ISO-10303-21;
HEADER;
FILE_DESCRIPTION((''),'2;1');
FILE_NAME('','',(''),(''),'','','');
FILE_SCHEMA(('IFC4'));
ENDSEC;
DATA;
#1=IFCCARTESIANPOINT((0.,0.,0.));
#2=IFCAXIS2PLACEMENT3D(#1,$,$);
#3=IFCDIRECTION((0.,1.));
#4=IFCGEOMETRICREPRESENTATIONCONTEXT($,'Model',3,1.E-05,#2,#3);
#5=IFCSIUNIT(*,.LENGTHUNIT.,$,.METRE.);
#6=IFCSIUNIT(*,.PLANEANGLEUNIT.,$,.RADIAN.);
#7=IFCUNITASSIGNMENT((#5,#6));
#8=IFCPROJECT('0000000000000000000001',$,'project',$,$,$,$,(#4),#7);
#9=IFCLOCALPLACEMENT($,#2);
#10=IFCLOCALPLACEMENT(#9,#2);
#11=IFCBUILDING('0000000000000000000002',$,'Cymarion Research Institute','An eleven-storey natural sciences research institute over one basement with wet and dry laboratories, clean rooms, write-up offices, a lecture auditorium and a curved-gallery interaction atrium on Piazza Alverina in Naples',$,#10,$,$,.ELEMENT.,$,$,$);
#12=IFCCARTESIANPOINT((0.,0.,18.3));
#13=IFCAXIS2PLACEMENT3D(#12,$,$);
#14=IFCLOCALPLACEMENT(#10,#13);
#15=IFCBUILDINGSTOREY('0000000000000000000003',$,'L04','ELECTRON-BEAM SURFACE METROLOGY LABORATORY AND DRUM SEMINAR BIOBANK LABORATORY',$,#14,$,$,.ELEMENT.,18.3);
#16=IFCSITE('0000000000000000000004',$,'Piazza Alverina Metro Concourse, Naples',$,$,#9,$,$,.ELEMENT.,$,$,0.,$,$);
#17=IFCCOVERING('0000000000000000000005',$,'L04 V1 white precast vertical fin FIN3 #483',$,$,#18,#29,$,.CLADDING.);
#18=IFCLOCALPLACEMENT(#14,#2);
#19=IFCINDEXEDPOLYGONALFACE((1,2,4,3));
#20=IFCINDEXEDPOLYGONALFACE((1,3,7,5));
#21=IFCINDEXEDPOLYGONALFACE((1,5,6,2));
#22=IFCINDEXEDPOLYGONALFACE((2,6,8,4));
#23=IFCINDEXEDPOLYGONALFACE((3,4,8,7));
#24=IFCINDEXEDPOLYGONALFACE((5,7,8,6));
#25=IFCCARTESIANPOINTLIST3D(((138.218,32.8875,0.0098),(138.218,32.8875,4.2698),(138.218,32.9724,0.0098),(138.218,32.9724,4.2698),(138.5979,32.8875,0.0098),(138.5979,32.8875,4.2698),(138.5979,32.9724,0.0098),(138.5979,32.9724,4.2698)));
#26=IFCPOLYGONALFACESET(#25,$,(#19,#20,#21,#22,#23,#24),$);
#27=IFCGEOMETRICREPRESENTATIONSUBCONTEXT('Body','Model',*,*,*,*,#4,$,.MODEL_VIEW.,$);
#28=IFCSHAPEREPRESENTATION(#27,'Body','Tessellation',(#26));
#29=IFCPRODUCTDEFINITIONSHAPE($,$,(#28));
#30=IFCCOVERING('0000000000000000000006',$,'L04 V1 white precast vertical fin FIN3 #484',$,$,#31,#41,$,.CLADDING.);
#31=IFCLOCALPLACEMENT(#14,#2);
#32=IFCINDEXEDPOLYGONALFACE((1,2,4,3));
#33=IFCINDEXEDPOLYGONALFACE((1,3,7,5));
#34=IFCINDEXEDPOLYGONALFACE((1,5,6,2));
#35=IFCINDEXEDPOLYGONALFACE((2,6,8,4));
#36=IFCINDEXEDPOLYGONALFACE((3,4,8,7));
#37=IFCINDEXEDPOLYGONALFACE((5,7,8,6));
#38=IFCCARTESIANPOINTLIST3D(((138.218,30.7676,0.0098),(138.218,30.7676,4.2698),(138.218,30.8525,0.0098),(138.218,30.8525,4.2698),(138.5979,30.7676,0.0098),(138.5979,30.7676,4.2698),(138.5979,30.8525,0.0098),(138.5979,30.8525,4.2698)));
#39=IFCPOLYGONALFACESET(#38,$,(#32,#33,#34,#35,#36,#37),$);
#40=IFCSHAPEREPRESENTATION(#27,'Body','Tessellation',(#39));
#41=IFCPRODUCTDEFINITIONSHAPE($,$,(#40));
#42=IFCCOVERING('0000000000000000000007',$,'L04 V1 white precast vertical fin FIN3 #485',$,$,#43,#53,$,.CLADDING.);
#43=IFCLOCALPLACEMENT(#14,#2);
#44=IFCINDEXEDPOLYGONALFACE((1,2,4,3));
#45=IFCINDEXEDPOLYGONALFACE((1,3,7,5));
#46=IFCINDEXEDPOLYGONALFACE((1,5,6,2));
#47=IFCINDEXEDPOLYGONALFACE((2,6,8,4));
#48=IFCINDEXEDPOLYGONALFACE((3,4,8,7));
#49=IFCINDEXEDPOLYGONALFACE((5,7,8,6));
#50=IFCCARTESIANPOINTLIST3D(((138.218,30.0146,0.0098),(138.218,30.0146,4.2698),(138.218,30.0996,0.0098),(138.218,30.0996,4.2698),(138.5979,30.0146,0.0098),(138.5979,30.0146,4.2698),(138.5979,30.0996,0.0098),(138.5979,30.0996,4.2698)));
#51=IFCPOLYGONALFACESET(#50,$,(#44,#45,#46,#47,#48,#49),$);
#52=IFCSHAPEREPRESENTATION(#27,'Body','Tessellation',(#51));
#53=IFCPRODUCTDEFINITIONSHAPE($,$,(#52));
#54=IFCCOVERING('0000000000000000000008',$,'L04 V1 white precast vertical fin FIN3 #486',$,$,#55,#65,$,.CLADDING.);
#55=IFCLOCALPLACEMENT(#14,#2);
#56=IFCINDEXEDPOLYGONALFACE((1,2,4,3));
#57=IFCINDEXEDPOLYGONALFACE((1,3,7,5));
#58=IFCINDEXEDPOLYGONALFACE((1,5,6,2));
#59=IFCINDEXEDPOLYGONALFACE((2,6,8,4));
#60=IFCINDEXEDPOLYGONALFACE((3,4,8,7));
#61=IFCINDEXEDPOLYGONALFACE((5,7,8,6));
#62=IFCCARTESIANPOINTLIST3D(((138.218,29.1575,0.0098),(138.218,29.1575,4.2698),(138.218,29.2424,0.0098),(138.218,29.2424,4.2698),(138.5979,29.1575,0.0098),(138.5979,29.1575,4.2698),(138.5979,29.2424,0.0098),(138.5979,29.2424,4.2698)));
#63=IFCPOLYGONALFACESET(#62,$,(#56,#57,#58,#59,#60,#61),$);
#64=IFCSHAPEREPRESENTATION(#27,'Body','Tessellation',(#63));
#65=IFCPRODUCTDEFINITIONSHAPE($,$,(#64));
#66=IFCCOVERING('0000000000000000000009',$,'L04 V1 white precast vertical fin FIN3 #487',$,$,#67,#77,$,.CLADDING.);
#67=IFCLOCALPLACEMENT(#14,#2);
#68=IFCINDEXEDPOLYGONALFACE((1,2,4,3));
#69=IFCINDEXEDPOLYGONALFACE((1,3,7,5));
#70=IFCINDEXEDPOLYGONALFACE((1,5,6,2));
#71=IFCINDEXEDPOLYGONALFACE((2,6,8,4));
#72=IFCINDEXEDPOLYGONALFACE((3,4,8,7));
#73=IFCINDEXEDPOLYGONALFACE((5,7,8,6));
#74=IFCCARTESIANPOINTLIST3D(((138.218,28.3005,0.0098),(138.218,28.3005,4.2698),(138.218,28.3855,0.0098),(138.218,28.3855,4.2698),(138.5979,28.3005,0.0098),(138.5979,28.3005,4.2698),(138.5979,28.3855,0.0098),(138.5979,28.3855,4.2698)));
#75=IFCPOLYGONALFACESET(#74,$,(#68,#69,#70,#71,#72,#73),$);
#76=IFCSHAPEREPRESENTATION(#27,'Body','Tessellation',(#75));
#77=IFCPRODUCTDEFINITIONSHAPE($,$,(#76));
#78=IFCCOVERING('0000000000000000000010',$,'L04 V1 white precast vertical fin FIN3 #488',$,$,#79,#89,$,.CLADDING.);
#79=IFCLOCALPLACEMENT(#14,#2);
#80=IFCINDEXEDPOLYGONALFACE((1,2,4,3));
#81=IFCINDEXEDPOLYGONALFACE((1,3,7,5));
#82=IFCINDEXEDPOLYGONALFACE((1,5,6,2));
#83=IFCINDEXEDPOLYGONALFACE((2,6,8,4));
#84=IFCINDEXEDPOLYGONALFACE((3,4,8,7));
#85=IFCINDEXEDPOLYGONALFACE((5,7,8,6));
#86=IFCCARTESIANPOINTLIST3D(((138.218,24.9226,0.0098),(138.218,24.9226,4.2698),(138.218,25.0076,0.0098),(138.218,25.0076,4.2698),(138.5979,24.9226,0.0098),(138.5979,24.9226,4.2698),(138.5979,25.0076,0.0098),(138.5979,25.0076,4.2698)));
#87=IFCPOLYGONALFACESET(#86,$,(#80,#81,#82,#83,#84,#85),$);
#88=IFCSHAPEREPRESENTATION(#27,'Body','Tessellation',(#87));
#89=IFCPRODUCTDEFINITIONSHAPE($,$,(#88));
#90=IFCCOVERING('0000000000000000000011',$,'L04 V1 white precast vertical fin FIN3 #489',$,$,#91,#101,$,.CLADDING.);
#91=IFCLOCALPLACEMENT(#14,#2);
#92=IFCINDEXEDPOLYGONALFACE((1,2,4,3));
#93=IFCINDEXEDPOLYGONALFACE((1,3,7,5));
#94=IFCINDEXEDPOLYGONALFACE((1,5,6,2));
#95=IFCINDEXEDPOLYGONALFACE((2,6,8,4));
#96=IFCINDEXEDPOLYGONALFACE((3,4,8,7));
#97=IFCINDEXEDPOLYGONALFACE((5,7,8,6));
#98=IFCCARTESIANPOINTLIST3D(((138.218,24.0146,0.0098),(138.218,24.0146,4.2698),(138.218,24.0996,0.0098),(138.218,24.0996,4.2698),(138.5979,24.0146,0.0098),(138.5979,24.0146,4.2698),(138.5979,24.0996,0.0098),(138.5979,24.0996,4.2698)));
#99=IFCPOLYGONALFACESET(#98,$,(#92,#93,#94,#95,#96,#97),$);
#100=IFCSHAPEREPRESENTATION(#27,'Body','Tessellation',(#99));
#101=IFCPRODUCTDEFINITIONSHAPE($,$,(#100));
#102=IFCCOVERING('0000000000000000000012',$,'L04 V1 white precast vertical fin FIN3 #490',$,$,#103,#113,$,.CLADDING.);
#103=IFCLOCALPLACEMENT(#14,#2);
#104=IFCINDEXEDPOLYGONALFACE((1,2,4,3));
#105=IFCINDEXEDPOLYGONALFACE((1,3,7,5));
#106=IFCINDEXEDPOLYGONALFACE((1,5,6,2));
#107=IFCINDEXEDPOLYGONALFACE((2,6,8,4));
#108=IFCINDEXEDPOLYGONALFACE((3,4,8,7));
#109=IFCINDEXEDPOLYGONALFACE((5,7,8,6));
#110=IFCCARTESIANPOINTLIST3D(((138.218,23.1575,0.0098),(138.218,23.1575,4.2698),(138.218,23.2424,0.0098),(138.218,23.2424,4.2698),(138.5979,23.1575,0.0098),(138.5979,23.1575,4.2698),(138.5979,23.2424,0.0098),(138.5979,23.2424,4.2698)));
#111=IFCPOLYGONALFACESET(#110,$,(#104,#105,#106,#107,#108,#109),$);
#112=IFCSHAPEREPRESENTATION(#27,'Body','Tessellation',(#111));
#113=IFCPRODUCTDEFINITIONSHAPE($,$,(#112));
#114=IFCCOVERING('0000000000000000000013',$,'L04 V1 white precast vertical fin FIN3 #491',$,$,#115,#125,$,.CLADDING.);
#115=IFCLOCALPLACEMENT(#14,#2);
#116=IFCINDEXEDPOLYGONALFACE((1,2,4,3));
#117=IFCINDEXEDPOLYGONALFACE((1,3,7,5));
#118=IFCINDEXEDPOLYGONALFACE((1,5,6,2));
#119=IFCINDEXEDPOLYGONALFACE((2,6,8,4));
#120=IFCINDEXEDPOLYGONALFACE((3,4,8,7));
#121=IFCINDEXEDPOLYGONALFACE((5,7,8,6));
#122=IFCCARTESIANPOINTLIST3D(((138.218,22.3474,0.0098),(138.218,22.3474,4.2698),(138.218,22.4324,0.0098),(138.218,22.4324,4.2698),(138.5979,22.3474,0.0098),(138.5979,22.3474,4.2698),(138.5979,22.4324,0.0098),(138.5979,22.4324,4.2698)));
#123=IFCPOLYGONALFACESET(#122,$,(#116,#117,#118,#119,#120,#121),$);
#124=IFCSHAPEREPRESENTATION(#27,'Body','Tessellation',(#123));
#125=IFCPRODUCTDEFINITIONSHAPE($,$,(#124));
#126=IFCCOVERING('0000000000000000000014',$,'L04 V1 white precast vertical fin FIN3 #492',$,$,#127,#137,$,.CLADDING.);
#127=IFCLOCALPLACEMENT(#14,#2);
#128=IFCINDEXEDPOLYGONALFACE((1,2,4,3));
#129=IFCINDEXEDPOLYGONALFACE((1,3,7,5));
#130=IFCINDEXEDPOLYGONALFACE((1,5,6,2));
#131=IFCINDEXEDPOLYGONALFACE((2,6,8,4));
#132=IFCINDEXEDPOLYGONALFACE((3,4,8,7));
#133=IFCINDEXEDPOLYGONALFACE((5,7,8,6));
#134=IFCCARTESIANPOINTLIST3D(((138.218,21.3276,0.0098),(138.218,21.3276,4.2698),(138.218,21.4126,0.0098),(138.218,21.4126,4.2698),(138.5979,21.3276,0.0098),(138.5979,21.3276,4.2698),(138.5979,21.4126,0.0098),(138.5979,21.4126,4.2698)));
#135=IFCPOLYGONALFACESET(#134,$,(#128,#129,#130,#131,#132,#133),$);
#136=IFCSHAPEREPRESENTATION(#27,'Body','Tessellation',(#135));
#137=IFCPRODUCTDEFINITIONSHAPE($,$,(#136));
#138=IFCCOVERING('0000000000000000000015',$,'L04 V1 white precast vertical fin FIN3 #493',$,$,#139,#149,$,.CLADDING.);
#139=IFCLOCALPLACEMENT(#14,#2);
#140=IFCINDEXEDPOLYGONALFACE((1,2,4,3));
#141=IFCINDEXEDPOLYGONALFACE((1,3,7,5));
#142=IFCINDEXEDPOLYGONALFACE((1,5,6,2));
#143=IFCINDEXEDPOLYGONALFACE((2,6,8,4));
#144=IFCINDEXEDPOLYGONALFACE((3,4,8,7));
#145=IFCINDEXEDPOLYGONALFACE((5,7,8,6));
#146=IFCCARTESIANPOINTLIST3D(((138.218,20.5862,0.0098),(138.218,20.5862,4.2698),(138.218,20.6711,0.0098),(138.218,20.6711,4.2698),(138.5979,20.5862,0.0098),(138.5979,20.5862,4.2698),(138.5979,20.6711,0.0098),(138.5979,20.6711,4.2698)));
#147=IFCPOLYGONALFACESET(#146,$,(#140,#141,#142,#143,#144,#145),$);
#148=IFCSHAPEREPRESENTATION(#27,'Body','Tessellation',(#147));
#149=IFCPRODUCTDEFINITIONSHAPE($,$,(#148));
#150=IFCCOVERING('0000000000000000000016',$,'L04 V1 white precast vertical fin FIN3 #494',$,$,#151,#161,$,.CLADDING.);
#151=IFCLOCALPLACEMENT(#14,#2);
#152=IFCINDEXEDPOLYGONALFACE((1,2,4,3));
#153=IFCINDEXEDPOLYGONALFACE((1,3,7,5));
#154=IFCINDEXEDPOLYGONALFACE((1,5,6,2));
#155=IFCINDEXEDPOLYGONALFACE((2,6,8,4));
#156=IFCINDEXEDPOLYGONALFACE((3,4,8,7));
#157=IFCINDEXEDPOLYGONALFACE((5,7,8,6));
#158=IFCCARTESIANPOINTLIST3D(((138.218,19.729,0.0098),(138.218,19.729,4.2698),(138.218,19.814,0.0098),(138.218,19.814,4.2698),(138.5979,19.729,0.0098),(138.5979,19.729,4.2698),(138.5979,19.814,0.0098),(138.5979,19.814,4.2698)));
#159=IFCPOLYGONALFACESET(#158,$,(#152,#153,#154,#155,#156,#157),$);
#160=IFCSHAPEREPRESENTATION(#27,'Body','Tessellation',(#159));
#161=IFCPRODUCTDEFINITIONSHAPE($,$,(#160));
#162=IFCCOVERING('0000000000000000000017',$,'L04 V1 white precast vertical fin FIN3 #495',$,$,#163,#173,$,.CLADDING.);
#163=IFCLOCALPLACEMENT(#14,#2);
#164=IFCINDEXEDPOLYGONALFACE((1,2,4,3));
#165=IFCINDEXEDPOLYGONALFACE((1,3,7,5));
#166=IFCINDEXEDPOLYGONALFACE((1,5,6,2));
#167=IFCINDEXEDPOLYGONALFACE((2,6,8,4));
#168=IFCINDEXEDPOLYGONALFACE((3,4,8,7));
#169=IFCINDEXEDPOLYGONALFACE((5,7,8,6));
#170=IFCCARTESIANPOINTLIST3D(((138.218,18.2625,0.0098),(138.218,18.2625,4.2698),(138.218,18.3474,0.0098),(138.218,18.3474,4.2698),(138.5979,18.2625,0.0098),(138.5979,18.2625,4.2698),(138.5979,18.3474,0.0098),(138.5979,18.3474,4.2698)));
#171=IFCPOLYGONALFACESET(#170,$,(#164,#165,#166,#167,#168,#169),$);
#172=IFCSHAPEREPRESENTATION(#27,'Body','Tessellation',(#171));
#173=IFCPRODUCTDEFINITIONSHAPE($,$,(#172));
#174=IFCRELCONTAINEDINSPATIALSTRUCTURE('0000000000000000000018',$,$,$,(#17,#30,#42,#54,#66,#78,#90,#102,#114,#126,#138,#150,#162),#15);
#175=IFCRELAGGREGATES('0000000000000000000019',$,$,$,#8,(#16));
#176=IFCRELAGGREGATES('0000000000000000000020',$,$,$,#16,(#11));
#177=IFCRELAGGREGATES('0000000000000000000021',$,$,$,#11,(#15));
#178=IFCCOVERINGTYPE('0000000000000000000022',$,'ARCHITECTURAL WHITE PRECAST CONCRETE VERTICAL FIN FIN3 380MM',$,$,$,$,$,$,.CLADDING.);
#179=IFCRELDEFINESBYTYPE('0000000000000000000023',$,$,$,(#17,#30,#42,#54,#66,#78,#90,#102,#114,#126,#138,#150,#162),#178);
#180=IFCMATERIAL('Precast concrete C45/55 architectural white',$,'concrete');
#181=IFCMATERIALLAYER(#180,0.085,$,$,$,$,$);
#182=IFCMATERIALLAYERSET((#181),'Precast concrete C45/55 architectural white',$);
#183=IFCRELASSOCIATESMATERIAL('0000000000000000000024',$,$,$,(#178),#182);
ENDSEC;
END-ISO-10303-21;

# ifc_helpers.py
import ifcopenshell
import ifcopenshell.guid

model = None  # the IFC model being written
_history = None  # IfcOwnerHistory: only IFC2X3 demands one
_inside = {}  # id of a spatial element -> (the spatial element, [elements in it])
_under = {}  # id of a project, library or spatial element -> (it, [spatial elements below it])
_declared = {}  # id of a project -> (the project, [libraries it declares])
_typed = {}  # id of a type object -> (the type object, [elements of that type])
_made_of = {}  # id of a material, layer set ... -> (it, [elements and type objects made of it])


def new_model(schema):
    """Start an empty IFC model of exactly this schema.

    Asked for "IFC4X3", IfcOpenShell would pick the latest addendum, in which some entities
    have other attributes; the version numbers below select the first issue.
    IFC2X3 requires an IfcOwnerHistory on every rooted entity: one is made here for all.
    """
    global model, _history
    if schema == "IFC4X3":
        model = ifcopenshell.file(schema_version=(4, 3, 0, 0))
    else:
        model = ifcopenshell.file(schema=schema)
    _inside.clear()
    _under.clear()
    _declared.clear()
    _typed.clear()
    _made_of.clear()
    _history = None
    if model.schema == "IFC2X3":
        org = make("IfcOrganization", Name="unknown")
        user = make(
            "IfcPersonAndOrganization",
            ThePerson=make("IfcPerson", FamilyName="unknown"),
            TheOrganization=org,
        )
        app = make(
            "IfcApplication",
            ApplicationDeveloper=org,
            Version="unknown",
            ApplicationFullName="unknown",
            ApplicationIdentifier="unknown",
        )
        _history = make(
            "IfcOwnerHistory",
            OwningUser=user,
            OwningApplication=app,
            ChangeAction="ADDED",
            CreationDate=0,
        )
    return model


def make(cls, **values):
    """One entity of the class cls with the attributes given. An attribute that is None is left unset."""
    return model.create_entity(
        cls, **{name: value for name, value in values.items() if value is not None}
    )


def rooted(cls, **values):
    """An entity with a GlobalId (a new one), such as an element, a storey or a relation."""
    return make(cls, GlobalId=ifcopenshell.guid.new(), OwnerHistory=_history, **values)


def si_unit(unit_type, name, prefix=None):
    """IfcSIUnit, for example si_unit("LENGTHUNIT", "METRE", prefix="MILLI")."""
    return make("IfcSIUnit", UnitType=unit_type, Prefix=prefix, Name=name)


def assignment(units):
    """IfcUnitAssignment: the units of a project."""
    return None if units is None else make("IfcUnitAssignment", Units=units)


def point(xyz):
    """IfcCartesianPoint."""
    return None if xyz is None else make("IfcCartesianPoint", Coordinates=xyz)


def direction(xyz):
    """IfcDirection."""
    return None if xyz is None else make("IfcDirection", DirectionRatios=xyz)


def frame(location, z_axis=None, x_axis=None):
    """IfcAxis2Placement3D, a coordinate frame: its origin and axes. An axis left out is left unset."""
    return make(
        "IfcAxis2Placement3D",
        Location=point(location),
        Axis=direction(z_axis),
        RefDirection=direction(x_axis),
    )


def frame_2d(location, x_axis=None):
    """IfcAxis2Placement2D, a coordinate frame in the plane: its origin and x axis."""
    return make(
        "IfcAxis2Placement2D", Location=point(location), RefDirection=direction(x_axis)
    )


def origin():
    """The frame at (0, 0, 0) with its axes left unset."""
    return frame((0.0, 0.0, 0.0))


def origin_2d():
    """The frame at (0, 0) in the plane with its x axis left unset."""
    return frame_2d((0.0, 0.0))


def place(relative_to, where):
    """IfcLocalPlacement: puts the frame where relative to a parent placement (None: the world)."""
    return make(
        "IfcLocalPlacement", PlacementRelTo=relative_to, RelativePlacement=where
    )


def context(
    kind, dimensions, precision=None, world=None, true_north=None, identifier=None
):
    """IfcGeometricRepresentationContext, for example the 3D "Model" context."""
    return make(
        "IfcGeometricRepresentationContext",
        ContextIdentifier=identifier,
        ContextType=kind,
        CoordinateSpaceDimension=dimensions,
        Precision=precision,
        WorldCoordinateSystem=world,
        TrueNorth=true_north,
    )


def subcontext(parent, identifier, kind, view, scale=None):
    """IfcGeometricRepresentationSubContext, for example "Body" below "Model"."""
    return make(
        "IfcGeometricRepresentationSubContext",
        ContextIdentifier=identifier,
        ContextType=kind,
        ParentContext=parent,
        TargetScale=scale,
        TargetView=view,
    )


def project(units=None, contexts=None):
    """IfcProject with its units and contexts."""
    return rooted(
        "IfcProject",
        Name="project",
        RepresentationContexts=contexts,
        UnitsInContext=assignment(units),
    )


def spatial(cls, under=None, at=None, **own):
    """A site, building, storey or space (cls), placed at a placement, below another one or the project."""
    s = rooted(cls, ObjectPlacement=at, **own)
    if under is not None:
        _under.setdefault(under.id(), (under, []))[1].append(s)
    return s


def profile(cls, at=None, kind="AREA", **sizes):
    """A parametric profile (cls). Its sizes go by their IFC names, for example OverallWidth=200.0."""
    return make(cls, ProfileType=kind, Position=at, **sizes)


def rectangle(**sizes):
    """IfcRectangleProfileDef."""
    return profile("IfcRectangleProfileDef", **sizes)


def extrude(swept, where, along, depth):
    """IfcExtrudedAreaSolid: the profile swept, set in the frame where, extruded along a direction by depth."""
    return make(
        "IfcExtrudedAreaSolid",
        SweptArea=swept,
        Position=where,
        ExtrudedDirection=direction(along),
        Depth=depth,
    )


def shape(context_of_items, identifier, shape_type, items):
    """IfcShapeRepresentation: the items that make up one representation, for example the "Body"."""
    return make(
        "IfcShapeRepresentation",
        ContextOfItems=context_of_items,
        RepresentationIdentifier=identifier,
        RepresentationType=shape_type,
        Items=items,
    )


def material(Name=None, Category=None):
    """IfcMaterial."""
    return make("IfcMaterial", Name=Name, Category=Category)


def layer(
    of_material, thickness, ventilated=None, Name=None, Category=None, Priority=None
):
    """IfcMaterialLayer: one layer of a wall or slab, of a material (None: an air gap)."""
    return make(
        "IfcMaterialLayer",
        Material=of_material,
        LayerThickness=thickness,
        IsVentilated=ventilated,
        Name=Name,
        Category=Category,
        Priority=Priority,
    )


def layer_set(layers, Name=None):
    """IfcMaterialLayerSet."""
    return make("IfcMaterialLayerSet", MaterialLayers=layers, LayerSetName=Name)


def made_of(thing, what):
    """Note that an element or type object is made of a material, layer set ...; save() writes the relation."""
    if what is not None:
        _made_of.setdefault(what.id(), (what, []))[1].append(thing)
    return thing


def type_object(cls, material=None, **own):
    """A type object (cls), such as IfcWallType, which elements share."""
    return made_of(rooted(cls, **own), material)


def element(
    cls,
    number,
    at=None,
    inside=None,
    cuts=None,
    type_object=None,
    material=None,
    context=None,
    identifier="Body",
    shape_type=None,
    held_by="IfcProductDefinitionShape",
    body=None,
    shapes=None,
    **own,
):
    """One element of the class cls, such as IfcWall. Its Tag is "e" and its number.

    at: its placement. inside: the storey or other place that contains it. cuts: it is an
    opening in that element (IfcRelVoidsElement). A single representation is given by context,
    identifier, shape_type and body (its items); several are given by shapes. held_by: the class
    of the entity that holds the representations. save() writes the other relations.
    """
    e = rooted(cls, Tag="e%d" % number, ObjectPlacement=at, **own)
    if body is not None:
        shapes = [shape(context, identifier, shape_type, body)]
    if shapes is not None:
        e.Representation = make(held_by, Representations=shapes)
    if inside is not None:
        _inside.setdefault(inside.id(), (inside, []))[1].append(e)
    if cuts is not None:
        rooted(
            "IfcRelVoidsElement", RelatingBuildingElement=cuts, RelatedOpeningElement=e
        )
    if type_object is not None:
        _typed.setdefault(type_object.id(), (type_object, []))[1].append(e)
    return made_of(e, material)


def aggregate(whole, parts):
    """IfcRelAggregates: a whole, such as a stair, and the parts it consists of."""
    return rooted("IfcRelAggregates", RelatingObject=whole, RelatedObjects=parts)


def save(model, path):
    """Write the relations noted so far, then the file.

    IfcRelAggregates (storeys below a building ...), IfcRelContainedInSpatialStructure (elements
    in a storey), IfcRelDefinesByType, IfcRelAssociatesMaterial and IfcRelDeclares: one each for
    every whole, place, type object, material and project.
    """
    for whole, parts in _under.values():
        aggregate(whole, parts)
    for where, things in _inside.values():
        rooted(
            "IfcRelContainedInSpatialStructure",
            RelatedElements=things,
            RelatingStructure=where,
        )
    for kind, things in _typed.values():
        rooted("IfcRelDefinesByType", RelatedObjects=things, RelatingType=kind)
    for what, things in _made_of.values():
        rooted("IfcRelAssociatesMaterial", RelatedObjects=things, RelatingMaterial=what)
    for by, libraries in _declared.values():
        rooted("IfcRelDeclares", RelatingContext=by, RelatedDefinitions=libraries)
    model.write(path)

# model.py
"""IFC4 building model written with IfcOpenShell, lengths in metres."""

from ifc_helpers import new_model, si_unit, direction, frame, origin, origin_2d, place, context, subcontext, project, spatial, rectangle, extrude, material, layer, layer_set, type_object, element, save


model = new_model("IFC4")

# Units and contexts
model_context = context("Model", 3, precision=1e-05, world=origin(), true_north=direction((0.0, 1.0)))
body_context = subcontext(model_context, "Body", "Model", "MODEL_VIEW")
ifc_project = project(units=[si_unit("LENGTHUNIT", "METRE"), si_unit("PLANEANGLEUNIT", "RADIAN")], contexts=[model_context])

# Site, building, storey
site_placement = place(None, origin())
site = spatial("IfcSite", under=ifc_project, at=site_placement, Name="Piazza Alverina Metro Concourse, Naples", CompositionType="ELEMENT", RefElevation=0.0)
building_placement = place(site_placement, origin())
building = spatial("IfcBuilding", under=site, at=building_placement, Name="Cymarion Research Institute", Description="An eleven-storey natural sciences research institute over one basement with wet and dry laboratories, clean rooms, write-up offices, a lecture auditorium and a curved-gallery interaction atrium on Piazza Alverina in Naples", CompositionType="ELEMENT")
storey_placement = place(building_placement, frame((0.0, 0.0, 18.3)))
storey = spatial("IfcBuildingStorey", under=building, at=storey_placement, Name="L04", Description="ELECTRON-BEAM SURFACE METROLOGY LABORATORY AND DRUM SEMINAR BIOBANK LABORATORY", CompositionType="ELEMENT", Elevation=18.3)

# Coverings
ifc_material_1 = material(Name="Precast concrete C45/55 architectural white", Category="concrete")
ifc_layer_1 = layer(ifc_material_1, 0.085)
ifc_layer_set_1 = layer_set([ifc_layer_1], Name="Precast concrete C45/55 architectural white")
covering_type = type_object("IfcCoveringType", Name="ARCHITECTURAL WHITE PRECAST CONCRETE VERTICAL FIN FIN3 380MM", PredefinedType="CLADDING", material=ifc_layer_set_1)
for number, where, z_axis, x_axis, name in (
    (1, (138.408, 32.9299, 0.0098), (0.0, 0.0, 1.0), (-1.0, 0.0, 0.0), "L04 V1 white precast vertical fin FIN3 #483"),
    (2, (138.408, 30.8101, 0.0098), (0.0, 0.0, 1.0), (-1.0, 0.0, 0.0), "L04 V1 white precast vertical fin FIN3 #484"),
    (3, (138.408, 30.0571, 0.0098), (0.0, 0.0, 1.0), (-1.0, 0.0, 0.0), "L04 V1 white precast vertical fin FIN3 #485"),
    (4, (138.408, 29.2, 0.0098), (0.0, 0.0, 1.0), (-1.0, 0.0, 0.0), "L04 V1 white precast vertical fin FIN3 #486"),
    (5, (138.408, 28.343, 0.0098), (0.0, 0.0, 1.0), (-1.0, 0.0, 0.0), "L04 V1 white precast vertical fin FIN3 #487"),
    (6, (138.408, 24.9651, 0.0098), (0.0, 0.0, 1.0), (-1.0, 0.0, 0.0), "L04 V1 white precast vertical fin FIN3 #488"),
    (7, (138.408, 24.0571, 0.0098), (0.0, 0.0, 1.0), (-1.0, 0.0, 0.0), "L04 V1 white precast vertical fin FIN3 #489"),
    (8, (138.408, 23.2, 0.0098), (0.0, 0.0, 1.0), (-1.0, 0.0, 0.0), "L04 V1 white precast vertical fin FIN3 #490"),
    (9, (138.408, 22.3899, 0.0098), (0.0, 0.0, 1.0), (-1.0, 0.0, 0.0), "L04 V1 white precast vertical fin FIN3 #491"),
    (10, (138.408, 21.3701, 0.0098), (0.0, 0.0, 1.0), (-1.0, 0.0, 0.0), "L04 V1 white precast vertical fin FIN3 #492"),
    (11, (138.408, 20.6287, 0.0098), (0.0, 0.0, 1.0), (-1.0, 0.0, 0.0), "L04 V1 white precast vertical fin FIN3 #493"),
    (12, (138.408, 19.7715, 0.0098), (0.0, 0.0, 1.0), (-1.0, 0.0, 0.0), "L04 V1 white precast vertical fin FIN3 #494"),
    (13, (138.408, 18.3049, 0.0098), (0.0, 0.0, 1.0), (-1.0, 0.0, 0.0), "L04 V1 white precast vertical fin FIN3 #495"),
):
    element("IfcCovering", number, at=place(storey_placement, frame(where, z_axis=z_axis, x_axis=x_axis)), inside=storey, type_object=covering_type, Name=name, PredefinedType="CLADDING", context=body_context, shape_type="SweptSolid", body=[
        extrude(rectangle(XDim=0.3799, YDim=0.085, at=origin_2d()), origin(), (0.0, 0.0, 1.0), 4.26),
    ])

save(model, "model.ifc")
